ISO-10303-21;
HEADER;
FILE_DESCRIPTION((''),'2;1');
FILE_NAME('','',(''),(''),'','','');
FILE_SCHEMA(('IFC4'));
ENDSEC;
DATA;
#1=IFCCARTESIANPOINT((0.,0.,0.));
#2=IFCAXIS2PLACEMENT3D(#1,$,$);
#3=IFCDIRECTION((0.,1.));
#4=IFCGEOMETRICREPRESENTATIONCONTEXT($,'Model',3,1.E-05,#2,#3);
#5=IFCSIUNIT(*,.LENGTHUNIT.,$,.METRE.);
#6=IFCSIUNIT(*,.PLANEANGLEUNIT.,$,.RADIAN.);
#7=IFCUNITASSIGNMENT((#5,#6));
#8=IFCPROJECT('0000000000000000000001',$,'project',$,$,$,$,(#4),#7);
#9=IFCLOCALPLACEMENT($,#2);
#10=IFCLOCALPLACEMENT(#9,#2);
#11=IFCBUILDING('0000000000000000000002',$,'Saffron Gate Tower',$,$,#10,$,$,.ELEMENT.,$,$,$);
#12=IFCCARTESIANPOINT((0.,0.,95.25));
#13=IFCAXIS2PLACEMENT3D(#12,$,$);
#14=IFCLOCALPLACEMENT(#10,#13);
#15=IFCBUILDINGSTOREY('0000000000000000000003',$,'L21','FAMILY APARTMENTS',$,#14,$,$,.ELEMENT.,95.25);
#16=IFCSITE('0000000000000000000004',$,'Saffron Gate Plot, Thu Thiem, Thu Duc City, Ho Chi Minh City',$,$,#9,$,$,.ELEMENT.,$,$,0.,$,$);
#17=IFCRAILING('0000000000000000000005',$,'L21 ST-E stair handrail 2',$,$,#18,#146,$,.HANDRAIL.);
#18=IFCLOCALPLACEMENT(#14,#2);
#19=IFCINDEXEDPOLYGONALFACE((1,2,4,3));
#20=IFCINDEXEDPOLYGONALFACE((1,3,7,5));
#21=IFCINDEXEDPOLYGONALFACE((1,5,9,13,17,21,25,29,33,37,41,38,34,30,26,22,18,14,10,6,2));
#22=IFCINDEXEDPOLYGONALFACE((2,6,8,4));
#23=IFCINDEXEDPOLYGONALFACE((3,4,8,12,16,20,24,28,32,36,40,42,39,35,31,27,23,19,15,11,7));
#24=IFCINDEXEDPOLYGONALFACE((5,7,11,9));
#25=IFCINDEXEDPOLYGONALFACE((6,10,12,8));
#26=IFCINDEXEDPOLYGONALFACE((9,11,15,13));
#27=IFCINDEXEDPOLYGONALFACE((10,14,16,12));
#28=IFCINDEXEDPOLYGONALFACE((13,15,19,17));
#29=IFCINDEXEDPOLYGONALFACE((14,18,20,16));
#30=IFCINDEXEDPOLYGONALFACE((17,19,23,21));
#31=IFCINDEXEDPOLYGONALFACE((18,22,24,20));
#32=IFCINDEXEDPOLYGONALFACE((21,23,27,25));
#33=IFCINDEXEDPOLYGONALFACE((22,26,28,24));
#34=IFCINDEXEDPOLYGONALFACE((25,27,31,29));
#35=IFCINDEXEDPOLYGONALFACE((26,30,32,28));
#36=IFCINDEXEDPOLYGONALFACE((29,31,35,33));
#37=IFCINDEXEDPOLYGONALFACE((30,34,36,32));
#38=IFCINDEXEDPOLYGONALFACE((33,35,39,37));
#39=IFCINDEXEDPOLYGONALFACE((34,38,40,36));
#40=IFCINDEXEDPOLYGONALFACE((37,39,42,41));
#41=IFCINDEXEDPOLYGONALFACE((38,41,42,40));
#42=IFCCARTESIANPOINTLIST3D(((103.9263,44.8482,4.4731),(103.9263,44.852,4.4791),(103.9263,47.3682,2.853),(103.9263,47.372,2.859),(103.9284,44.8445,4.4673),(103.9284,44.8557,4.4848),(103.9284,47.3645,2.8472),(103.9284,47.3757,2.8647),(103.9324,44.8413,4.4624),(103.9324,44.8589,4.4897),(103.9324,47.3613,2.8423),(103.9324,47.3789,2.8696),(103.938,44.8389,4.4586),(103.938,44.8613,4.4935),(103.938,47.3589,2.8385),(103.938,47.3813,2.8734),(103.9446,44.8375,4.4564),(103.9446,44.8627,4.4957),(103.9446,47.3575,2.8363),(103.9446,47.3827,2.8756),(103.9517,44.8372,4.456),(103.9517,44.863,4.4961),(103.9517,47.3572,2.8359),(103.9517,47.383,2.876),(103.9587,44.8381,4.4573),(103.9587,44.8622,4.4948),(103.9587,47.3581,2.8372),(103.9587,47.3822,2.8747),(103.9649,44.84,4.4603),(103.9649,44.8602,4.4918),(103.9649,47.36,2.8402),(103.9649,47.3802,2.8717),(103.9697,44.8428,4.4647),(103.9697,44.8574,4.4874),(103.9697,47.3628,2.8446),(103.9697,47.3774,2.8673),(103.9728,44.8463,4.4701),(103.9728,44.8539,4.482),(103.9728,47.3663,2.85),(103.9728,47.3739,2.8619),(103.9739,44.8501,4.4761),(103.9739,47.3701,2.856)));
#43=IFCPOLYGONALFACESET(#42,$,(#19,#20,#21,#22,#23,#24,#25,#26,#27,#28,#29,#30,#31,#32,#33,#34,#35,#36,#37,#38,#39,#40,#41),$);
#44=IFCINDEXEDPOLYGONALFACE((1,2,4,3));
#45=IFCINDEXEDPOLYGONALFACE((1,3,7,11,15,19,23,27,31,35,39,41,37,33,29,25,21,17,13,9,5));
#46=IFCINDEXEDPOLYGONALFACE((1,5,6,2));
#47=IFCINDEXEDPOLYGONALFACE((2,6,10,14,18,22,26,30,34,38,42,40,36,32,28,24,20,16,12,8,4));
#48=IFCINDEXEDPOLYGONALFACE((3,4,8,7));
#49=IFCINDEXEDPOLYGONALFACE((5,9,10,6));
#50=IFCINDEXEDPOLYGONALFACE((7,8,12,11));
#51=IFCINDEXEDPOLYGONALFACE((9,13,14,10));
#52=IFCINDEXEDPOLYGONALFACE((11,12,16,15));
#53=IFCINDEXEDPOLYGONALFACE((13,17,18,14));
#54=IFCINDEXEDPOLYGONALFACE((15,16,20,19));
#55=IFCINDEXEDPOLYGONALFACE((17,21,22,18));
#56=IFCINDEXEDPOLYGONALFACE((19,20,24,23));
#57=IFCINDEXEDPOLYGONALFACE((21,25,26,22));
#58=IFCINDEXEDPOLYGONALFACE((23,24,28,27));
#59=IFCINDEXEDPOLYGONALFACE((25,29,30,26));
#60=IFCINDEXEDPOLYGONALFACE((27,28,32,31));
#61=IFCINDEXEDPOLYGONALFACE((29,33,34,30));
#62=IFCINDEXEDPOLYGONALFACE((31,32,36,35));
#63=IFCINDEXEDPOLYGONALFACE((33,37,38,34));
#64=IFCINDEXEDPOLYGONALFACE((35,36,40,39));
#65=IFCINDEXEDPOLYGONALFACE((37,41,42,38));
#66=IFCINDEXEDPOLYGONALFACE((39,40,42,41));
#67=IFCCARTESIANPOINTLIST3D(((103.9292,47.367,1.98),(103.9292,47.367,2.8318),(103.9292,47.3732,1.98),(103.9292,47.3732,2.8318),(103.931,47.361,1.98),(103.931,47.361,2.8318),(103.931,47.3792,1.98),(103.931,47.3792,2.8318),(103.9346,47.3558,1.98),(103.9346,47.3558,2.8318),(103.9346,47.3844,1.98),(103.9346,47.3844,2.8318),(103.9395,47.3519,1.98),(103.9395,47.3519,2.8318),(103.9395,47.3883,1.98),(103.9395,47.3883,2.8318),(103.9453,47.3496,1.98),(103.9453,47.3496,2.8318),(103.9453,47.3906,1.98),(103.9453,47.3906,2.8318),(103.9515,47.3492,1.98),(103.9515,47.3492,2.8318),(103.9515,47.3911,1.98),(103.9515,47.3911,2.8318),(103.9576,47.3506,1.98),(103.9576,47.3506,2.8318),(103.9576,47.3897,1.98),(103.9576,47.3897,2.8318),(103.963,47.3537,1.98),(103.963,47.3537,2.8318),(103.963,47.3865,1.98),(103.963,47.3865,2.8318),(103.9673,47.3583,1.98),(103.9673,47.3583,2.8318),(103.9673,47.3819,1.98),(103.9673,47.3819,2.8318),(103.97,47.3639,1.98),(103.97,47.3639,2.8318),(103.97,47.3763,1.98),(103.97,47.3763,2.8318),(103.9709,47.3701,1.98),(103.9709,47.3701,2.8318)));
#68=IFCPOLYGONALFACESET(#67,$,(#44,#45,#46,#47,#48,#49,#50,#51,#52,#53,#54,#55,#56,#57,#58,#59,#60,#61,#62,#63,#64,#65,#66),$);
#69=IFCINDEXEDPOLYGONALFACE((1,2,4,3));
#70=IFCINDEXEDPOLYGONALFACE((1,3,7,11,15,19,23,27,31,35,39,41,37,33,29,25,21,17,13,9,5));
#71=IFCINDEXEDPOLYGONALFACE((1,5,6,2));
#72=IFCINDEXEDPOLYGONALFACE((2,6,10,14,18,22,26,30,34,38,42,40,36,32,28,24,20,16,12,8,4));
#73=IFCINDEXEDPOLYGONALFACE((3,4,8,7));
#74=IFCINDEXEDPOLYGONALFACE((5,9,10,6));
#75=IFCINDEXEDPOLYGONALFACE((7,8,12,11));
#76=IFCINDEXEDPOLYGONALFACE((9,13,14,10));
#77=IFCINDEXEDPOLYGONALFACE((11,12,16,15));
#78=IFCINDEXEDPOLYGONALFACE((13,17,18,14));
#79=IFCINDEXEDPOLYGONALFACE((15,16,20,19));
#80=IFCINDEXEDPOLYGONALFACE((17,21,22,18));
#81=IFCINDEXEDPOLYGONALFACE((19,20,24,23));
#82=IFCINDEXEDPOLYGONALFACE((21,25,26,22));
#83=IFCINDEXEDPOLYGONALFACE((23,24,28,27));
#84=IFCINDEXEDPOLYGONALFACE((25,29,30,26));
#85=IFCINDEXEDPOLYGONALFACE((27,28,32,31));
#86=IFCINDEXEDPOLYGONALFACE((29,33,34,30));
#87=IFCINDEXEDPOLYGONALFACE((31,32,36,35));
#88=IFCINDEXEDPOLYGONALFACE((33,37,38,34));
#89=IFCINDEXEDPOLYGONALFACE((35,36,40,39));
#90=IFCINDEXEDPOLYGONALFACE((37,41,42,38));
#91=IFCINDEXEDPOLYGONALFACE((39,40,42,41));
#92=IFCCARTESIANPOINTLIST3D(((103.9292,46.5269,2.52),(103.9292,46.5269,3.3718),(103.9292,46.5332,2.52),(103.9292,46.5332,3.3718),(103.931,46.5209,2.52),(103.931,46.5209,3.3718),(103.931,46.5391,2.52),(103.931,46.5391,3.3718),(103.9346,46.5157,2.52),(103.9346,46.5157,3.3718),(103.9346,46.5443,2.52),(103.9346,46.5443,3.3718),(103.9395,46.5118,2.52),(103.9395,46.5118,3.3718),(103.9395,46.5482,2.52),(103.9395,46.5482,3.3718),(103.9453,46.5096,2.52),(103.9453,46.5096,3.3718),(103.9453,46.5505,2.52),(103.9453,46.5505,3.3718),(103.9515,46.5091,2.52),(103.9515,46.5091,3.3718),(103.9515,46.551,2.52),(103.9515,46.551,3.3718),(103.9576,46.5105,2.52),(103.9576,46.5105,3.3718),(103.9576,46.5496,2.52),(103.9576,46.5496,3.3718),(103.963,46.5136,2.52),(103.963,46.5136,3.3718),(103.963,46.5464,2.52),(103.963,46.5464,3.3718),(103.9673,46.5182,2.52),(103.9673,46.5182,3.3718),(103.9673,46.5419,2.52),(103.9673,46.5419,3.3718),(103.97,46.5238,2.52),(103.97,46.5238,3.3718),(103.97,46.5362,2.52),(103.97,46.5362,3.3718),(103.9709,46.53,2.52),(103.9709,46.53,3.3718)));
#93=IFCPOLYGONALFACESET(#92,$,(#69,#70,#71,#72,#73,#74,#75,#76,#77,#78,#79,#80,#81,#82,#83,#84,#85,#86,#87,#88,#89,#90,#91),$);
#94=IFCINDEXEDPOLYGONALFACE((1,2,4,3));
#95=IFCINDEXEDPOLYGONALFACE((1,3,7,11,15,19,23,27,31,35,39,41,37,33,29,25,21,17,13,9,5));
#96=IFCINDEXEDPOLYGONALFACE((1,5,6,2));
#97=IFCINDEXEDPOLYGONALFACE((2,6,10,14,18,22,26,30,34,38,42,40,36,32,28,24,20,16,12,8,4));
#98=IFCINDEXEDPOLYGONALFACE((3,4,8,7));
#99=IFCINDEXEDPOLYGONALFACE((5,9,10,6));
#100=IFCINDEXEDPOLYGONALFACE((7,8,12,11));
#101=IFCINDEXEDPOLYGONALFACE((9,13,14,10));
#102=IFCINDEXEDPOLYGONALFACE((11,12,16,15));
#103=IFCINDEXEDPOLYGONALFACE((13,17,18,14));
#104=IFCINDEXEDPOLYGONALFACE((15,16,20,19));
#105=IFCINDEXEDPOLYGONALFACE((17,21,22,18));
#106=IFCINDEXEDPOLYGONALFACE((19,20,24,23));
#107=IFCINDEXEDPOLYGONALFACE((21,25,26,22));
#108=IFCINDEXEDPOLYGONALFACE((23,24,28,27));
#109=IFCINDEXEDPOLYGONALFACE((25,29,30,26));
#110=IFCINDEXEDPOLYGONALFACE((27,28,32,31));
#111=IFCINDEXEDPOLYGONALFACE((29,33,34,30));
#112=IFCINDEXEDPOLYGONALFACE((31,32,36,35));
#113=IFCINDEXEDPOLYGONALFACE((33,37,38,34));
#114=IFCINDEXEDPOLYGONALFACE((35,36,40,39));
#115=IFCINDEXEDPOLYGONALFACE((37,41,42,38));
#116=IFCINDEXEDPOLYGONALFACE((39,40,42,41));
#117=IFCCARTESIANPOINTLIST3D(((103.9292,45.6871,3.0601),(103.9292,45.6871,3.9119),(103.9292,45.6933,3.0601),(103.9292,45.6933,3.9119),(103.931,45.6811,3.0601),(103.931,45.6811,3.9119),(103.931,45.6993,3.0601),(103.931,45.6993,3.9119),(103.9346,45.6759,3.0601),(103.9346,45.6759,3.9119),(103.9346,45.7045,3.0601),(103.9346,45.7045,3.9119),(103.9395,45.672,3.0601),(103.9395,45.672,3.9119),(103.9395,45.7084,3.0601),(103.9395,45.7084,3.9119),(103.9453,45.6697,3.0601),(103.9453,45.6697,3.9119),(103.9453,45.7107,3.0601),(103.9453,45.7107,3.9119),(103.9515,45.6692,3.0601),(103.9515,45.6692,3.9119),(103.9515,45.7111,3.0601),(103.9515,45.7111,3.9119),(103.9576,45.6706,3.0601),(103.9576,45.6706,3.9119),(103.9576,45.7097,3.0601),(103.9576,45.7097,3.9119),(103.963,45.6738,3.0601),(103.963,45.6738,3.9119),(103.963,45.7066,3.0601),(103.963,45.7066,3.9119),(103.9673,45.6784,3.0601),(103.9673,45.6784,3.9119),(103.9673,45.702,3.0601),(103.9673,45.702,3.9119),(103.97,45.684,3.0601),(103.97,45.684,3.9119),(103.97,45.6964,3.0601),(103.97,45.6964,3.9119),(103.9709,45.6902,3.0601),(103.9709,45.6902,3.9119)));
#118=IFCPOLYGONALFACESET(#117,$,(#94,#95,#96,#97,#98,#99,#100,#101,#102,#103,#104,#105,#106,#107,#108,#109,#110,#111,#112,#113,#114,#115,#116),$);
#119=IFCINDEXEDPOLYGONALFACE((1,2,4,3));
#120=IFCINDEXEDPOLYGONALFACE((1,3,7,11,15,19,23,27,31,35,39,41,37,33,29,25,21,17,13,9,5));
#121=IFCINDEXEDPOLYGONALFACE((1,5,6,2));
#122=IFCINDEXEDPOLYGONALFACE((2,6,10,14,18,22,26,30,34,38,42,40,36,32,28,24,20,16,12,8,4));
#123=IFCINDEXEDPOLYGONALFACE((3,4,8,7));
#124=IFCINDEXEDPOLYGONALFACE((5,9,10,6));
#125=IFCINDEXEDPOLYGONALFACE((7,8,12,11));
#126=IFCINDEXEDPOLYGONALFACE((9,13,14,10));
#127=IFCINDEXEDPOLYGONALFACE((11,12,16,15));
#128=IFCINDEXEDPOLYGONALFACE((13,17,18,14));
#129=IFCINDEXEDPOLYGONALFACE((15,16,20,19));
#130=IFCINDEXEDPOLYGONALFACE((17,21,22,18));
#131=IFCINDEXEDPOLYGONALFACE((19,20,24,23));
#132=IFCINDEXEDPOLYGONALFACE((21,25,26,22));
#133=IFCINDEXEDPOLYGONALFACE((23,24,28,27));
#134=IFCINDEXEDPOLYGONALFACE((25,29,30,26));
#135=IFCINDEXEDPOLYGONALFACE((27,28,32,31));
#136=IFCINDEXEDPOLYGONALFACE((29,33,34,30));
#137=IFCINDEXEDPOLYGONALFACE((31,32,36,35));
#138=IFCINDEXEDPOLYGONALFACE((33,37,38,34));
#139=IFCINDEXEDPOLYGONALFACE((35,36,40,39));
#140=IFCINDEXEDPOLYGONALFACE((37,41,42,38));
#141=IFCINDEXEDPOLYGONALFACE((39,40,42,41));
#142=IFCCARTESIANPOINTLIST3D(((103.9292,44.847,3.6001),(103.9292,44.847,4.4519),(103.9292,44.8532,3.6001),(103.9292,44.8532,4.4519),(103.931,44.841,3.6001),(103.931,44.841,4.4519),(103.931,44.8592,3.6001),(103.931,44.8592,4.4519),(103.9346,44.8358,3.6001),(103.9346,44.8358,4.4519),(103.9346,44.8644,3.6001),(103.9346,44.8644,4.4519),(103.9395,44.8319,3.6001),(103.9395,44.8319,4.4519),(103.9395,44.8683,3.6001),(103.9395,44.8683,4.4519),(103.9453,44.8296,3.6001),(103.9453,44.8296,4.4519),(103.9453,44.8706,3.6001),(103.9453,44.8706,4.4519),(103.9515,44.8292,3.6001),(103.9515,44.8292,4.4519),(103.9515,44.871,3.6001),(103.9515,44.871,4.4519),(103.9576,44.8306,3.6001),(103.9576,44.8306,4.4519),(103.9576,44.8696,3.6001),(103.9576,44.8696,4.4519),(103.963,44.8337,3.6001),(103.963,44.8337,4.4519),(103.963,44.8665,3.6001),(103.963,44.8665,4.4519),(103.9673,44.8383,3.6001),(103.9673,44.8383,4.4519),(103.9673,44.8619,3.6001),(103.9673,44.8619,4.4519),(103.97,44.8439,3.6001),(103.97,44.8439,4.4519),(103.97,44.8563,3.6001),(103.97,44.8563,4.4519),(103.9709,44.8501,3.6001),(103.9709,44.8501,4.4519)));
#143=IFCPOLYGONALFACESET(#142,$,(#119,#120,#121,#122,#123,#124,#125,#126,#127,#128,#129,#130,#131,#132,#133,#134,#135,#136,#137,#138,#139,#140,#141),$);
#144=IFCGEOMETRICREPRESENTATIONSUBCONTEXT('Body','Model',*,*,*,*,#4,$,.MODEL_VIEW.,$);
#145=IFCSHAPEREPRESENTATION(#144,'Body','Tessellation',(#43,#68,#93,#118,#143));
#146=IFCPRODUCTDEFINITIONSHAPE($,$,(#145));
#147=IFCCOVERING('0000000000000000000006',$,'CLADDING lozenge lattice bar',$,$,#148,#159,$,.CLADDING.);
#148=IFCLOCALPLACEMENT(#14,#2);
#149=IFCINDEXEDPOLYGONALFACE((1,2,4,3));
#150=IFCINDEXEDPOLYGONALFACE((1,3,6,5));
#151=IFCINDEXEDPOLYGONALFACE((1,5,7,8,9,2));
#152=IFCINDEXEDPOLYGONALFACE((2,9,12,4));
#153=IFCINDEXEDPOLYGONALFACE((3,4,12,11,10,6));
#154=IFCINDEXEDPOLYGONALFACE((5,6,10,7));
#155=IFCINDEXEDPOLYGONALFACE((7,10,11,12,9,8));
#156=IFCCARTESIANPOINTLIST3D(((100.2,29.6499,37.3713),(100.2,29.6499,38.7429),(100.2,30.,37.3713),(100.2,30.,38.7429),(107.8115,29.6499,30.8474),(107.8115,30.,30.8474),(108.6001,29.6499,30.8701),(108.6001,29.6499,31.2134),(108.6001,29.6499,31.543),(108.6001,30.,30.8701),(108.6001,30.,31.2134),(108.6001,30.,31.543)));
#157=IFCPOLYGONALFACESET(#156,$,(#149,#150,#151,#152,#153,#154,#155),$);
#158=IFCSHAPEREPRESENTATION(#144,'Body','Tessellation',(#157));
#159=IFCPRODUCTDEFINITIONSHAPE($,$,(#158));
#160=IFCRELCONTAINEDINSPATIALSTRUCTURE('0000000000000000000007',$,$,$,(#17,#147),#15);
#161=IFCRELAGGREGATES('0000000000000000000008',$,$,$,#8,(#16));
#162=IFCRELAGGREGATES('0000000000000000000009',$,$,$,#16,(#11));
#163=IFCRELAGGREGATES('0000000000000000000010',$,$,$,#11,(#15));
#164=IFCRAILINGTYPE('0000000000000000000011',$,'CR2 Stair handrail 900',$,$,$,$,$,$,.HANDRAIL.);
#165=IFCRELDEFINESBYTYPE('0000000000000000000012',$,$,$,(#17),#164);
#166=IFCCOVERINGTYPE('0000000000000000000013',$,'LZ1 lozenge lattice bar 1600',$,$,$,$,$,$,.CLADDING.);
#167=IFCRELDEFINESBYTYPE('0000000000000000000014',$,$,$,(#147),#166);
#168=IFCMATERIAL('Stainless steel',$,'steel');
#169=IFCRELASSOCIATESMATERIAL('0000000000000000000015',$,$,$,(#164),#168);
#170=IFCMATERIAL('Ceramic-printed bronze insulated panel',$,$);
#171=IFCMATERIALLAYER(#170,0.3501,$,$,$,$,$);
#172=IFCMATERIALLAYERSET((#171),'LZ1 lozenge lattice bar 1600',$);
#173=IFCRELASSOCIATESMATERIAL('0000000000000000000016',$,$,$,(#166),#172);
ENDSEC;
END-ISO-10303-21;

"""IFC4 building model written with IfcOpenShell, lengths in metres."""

from ifc_helpers import new_model, si_unit, direction, frame, origin, origin_2d, place, context, subcontext, project, spatial, polyline, circle, outline, extrude, material, layer, layer_set, type_object, element, save


model = new_model("IFC4")

# Units and contexts
model_context = context("Model", 3, precision=1e-05, world=origin(), true_north=direction((0.0, 1.0)))
body_context = subcontext(model_context, "Body", "Model", "MODEL_VIEW")
ifc_project = project(units=[si_unit("LENGTHUNIT", "METRE"), si_unit("PLANEANGLEUNIT", "RADIAN")], contexts=[model_context])

# Site, building, storey
site_placement = place(None, origin())
site = spatial("IfcSite", under=ifc_project, at=site_placement, Name="Saffron Gate Plot, Thu Thiem, Thu Duc City, Ho Chi Minh City", CompositionType="ELEMENT", RefElevation=0.0)
building_placement = place(site_placement, origin())
building = spatial("IfcBuilding", under=site, at=building_placement, Name="Saffron Gate Tower", CompositionType="ELEMENT")
storey_placement = place(building_placement, frame((0.0, 0.0, 95.25)))
storey = spatial("IfcBuildingStorey", under=building, at=storey_placement, Name="L21", Description="FAMILY APARTMENTS", CompositionType="ELEMENT", Elevation=95.25)

# Railing
ifc_material_1 = material(Name="Stainless steel", Category="steel")
railing_type_1 = type_object("IfcRailingType", Name="CR2 Stair handrail 900", PredefinedType="HANDRAIL", material=ifc_material_1)
railing_1_placement = place(storey_placement, frame((103.95, 47.3701, 1.98)))
element("IfcRailing", 1, at=railing_1_placement, inside=storey, type_object=railing_type_1, Name="L21 ST-E stair handrail 2", PredefinedType="HANDRAIL", context=body_context, shape_type="SweptSolid", body=[
    extrude(circle(Radius=0.0239, at=origin_2d()), frame((0.0, 0.0, 0.876), z_axis=(0.0, -0.841163, 0.540782), x_axis=(1.0, 0.0, 0.0)), (0.0, 0.0, 1.0), 2.9958),
    extrude(circle(Radius=0.021, at=origin_2d()), origin(), (0.0, 0.0, 1.0), 0.8518),
    extrude(circle(Radius=0.021, at=origin_2d()), frame((0.0, -0.8401, 0.54)), (0.0, 0.0, 1.0), 0.8518),
    extrude(circle(Radius=0.021, at=origin_2d()), frame((0.0, -1.6799, 1.0801)), (0.0, 0.0, 1.0), 0.8518),
    extrude(circle(Radius=0.021, at=origin_2d()), frame((0.0, -2.52, 1.6201)), (0.0, 0.0, 1.0), 0.8518),
])

# Covering
ifc_material_2 = material(Name="Ceramic-printed bronze insulated panel")
ifc_layer_1 = layer(ifc_material_2, 0.3501)
ifc_layer_set_1 = layer_set([ifc_layer_1], Name="LZ1 lozenge lattice bar 1600")
covering_type = type_object("IfcCoveringType", Name="LZ1 lozenge lattice bar 1600", PredefinedType="CLADDING", material=ifc_layer_set_1)
covering_1_placement = place(storey_placement, frame((107.8115, 29.6499, 30.8474), z_axis=(0.0, -1.0, 0.0), x_axis=(0.999586, 0.0, 0.028781)))
element("IfcCovering", 2, at=covering_1_placement, inside=storey, type_object=covering_type, Name="CLADDING lozenge lattice bar", PredefinedType="CLADDING", context=body_context, shape_type="SweptSolid", body=[
    extrude(outline(polyline([(0.0, 0.0), (0.7889, 0.0), (0.7988, 0.3431), (0.8083, 0.6726), (-7.3812, 8.1113), (-7.4207, 6.7403), (0.0, 0.0)])), origin(), (0.0, 0.0, -1.0), 0.3501),
])

save(model, "model.ifc")
